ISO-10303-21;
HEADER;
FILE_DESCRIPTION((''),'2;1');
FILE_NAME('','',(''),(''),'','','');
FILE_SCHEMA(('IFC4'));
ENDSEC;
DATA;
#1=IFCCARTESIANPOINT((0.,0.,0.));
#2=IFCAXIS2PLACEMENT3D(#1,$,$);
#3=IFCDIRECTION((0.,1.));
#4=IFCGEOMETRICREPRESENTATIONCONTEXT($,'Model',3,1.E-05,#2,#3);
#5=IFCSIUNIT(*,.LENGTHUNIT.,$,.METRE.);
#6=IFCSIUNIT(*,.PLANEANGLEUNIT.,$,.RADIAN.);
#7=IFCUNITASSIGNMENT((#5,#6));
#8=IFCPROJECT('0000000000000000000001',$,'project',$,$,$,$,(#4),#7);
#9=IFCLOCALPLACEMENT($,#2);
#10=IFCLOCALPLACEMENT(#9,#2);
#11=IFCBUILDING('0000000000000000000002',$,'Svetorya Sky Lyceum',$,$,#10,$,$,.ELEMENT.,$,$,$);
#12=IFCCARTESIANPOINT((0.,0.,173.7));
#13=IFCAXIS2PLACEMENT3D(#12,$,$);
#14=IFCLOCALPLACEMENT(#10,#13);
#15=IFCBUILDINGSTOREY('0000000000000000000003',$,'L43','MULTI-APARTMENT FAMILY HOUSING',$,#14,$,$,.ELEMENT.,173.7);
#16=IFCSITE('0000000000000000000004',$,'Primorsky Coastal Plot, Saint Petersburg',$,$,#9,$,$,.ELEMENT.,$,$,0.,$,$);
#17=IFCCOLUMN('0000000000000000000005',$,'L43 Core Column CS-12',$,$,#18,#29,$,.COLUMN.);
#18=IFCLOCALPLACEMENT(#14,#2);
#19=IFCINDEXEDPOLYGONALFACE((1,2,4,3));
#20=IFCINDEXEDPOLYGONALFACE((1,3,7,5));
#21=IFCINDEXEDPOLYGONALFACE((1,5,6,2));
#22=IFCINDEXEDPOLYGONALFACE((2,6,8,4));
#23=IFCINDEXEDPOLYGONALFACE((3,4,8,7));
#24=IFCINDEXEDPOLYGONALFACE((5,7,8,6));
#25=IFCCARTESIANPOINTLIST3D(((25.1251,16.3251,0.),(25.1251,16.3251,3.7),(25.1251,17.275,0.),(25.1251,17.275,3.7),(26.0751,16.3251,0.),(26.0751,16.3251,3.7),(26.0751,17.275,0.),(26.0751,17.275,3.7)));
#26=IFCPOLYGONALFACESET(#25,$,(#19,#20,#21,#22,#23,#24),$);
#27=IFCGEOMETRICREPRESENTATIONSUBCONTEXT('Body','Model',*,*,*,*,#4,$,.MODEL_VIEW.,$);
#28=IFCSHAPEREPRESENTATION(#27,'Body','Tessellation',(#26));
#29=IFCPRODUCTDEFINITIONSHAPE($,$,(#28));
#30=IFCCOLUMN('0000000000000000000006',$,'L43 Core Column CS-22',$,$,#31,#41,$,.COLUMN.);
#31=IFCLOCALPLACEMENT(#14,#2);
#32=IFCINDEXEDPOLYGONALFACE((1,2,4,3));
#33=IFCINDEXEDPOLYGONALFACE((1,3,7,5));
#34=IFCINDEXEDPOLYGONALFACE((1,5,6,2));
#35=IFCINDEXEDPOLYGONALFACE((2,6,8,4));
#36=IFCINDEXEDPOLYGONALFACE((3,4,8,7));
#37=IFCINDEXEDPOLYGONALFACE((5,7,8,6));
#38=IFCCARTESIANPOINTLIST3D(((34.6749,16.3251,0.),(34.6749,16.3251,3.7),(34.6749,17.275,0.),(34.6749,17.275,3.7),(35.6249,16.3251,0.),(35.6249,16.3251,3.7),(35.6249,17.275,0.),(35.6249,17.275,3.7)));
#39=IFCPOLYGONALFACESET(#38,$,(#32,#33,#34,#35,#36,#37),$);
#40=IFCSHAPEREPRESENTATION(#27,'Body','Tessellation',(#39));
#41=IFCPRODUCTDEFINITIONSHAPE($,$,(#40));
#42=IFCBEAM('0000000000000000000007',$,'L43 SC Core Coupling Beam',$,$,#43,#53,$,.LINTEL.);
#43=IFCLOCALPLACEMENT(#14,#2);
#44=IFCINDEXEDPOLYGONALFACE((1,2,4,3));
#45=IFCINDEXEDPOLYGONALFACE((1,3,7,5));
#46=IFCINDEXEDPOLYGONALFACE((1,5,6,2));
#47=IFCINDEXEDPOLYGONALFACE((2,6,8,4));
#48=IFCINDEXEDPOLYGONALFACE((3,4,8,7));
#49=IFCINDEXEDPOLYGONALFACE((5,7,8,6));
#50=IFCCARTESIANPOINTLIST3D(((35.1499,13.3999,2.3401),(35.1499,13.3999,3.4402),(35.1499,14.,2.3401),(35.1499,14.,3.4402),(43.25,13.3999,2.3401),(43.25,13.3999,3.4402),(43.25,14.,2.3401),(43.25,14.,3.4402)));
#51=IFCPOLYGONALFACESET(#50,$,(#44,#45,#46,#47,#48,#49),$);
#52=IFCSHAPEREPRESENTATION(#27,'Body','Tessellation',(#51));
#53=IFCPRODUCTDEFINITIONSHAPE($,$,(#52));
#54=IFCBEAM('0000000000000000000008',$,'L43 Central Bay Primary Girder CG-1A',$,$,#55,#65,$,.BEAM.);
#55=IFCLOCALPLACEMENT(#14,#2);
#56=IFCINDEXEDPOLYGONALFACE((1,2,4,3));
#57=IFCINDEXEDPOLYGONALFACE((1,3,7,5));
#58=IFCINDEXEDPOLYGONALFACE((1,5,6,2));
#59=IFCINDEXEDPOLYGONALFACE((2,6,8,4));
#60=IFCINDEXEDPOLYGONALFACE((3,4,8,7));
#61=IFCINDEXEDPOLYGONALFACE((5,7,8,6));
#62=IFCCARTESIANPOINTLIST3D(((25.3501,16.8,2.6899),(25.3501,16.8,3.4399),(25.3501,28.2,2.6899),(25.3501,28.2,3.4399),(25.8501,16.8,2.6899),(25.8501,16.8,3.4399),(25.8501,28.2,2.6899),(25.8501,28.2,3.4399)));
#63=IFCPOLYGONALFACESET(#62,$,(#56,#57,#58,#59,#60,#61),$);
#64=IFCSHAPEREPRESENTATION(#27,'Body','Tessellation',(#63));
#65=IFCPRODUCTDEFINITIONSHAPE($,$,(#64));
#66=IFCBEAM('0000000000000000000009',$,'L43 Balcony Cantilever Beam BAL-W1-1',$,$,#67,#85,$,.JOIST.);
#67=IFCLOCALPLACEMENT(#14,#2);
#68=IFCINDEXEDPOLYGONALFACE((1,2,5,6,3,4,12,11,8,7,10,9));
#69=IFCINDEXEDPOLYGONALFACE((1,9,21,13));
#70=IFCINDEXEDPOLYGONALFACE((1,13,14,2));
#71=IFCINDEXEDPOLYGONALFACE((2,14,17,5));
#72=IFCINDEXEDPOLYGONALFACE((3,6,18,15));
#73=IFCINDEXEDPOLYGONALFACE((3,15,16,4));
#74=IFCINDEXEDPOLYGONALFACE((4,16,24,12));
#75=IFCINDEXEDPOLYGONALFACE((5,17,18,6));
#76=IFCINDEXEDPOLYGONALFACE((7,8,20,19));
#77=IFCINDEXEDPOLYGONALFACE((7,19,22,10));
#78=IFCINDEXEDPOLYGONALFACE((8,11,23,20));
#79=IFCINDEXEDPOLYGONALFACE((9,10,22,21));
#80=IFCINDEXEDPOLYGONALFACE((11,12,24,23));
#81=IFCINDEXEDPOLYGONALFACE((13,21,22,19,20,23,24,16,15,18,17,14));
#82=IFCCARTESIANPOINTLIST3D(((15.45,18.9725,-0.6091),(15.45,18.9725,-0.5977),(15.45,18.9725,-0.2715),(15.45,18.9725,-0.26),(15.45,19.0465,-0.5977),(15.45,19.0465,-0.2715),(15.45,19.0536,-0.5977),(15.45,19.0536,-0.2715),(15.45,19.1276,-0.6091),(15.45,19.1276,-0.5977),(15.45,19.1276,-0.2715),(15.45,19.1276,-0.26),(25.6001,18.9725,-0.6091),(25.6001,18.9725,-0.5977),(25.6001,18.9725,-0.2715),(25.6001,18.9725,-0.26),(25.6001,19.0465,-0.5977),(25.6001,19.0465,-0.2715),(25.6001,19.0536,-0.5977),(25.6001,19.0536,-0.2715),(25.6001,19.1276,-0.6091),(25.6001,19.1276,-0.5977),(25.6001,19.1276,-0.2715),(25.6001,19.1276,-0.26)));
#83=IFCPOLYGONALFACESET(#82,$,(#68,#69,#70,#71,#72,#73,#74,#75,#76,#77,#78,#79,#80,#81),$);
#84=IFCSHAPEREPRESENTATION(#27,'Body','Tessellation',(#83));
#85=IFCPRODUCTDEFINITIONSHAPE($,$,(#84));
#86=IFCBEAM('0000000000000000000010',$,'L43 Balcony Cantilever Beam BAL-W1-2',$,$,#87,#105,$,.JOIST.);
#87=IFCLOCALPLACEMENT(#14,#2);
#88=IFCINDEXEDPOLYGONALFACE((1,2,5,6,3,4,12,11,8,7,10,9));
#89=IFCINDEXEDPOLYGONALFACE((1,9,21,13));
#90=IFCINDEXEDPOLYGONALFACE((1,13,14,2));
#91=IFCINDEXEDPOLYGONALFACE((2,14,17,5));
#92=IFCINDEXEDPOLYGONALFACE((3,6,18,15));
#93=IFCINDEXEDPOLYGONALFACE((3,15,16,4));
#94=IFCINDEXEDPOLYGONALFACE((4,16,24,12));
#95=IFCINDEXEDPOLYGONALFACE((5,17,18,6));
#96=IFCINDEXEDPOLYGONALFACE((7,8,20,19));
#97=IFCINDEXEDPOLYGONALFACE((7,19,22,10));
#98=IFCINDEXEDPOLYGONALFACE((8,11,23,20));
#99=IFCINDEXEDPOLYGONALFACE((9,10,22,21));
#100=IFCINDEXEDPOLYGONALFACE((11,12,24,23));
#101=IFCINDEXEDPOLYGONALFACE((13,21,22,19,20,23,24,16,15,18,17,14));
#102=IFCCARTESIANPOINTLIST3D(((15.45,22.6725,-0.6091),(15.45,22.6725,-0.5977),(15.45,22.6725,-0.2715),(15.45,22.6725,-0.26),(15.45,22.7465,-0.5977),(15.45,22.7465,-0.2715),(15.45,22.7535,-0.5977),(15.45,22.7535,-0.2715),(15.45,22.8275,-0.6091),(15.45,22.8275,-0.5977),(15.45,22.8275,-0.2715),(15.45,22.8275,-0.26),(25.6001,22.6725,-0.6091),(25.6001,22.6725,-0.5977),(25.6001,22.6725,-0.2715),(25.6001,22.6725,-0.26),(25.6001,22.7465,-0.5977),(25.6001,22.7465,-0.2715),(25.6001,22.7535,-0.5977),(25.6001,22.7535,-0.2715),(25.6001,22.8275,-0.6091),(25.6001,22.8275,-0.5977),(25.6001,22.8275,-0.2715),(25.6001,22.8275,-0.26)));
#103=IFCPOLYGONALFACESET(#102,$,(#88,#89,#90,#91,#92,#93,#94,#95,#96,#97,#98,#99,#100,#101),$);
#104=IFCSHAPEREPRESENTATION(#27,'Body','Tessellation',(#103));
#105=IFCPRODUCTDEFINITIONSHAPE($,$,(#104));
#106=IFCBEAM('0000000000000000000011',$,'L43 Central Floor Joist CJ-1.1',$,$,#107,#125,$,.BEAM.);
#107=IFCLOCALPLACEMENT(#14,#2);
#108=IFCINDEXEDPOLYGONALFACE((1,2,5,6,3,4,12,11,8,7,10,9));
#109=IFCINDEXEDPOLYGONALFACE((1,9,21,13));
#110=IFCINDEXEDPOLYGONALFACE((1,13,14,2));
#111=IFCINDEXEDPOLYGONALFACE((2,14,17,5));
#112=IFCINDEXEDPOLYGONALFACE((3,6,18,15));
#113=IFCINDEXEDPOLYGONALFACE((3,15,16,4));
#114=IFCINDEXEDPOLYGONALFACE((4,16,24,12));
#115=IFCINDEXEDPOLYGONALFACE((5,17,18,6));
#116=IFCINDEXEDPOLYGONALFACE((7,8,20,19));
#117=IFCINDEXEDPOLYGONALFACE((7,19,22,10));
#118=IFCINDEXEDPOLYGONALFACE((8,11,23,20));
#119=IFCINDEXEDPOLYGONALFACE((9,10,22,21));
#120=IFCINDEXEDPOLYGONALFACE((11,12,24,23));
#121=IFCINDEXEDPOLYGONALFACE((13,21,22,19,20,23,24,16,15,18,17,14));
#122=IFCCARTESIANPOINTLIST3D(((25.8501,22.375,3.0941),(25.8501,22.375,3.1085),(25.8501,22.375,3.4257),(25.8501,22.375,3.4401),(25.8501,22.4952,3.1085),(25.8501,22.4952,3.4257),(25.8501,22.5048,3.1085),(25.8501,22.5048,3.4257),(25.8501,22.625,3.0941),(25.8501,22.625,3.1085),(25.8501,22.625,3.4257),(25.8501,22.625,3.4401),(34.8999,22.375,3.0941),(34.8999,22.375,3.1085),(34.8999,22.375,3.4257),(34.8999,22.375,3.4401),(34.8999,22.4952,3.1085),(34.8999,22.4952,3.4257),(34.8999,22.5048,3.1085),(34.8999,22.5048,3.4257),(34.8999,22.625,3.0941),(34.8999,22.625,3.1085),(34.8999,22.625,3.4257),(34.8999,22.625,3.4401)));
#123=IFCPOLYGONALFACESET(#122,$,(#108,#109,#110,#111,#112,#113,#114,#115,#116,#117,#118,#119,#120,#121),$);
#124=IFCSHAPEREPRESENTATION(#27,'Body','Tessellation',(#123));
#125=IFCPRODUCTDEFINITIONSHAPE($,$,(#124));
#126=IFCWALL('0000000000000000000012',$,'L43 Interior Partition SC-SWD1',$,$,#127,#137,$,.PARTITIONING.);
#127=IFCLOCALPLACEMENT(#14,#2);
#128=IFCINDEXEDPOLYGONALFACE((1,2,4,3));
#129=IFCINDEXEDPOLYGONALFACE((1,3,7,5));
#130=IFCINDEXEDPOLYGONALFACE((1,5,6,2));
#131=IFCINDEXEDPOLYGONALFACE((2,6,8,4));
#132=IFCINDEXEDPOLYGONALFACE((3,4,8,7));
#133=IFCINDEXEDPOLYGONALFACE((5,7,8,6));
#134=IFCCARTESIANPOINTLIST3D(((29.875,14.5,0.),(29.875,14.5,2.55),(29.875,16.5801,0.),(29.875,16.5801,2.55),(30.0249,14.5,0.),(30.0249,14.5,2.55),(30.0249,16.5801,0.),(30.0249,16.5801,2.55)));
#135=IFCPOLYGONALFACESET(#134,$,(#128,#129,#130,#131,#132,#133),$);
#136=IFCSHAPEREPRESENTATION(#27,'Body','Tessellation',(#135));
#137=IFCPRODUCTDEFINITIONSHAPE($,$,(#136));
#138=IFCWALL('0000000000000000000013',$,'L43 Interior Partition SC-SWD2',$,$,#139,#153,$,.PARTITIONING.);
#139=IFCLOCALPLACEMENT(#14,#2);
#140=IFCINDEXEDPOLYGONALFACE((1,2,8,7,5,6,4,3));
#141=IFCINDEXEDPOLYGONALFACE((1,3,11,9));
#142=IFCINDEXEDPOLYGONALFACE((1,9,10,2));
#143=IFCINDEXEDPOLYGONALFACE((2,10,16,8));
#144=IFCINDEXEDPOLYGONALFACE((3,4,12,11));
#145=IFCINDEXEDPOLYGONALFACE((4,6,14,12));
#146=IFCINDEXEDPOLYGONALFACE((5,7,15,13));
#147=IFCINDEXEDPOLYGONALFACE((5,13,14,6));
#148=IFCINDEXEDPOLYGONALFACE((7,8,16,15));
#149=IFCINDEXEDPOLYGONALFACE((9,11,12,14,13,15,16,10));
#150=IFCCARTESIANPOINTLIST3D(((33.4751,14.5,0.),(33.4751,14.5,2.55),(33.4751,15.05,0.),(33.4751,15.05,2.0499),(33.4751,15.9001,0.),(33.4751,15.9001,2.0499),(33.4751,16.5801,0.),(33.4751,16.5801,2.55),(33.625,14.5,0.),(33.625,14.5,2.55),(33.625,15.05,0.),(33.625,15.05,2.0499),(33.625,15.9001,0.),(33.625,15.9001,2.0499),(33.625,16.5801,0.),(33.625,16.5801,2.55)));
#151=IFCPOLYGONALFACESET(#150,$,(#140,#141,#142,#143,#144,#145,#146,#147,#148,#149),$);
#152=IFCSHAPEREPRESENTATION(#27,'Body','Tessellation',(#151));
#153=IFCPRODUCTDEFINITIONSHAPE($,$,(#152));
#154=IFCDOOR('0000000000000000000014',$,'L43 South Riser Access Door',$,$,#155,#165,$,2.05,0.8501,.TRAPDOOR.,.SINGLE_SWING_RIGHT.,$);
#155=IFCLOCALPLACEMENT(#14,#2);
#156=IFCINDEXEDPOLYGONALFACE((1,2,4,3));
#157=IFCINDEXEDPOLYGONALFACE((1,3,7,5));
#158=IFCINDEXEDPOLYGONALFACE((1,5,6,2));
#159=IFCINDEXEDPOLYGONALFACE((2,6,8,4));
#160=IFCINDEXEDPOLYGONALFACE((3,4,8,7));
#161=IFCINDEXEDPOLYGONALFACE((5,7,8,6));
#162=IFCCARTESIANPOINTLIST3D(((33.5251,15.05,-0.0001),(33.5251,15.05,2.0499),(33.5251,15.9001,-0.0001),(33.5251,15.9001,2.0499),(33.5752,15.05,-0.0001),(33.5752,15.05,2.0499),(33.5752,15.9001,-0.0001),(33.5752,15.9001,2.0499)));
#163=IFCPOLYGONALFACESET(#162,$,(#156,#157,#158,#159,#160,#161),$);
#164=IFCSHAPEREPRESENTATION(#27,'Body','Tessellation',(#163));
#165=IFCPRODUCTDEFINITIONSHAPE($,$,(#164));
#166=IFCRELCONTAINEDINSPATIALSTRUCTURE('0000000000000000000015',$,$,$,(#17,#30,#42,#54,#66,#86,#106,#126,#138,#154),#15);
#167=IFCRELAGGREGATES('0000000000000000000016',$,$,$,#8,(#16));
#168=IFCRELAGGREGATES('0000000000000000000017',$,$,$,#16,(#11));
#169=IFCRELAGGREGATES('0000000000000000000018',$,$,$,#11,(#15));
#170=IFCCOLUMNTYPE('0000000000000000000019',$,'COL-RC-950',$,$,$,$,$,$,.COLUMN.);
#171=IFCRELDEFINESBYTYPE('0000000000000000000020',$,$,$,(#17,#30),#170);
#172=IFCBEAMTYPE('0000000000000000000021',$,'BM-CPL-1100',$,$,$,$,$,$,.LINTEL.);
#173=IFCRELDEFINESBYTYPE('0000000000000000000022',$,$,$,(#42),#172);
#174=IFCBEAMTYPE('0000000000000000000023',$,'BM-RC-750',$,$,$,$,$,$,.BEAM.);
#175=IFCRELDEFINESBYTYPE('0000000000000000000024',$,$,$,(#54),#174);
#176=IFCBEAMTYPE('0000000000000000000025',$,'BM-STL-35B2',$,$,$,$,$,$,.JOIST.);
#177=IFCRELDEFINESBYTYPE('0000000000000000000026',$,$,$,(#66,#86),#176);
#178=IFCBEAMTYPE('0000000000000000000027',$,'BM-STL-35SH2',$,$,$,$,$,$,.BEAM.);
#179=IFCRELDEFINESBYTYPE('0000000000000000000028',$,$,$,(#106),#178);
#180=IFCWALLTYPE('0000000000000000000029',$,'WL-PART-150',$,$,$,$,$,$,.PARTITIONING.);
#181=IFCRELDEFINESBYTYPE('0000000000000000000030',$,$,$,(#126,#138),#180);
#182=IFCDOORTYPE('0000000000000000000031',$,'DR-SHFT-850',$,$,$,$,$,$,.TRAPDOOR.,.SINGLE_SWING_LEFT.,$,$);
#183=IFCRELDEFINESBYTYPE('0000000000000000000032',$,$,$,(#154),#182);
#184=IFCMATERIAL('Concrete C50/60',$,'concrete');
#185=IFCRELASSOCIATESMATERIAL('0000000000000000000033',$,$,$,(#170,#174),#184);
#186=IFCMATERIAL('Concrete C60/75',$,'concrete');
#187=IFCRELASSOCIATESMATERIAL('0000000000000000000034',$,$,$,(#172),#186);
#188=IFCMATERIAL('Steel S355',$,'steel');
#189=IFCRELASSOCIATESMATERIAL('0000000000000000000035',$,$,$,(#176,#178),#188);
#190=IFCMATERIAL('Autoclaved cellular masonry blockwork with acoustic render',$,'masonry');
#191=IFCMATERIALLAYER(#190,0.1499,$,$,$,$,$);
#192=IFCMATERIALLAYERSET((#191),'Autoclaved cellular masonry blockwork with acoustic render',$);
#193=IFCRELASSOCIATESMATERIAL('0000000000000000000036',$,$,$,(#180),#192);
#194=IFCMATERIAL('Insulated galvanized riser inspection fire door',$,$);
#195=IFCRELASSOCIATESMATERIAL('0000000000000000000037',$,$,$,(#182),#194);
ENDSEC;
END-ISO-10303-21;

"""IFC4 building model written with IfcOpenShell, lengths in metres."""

from ifc_helpers import new_model, si_unit, direction, frame, frame_2d, origin, origin_2d, place, context, subcontext, project, spatial, rectangle, i_section, extrude, material, layer, layer_set, material_profile, profile_set, type_object, element, fill, save


model = new_model("IFC4")

# Units and contexts
model_context = context("Model", 3, precision=1e-05, world=origin(), true_north=direction((0.0, 1.0)))
body_context = subcontext(model_context, "Body", "Model", "MODEL_VIEW")
ifc_project = project(units=[si_unit("LENGTHUNIT", "METRE"), si_unit("PLANEANGLEUNIT", "RADIAN")], contexts=[model_context])

# Site, building, storey
site_placement = place(None, origin())
site = spatial("IfcSite", under=ifc_project, at=site_placement, Name="Primorsky Coastal Plot, Saint Petersburg", CompositionType="ELEMENT", RefElevation=0.0)
building_placement = place(site_placement, origin())
building = spatial("IfcBuilding", under=site, at=building_placement, Name="Svetorya Sky Lyceum", CompositionType="ELEMENT")
storey_placement = place(building_placement, frame((0.0, 0.0, 173.7)))
storey = spatial("IfcBuildingStorey", under=building, at=storey_placement, Name="L43", Description="MULTI-APARTMENT FAMILY HOUSING", CompositionType="ELEMENT", Elevation=173.7)

# Columns
ifc_material_1 = material(Name="Concrete C50/60", Category="concrete")
ifc_material_profile_1 = material_profile(ifc_material_1, rectangle(XDim=0.95, YDim=0.95, at=origin_2d()), Name="RC COL 950x950")
ifc_profile_set_1 = profile_set([ifc_material_profile_1], Name="Concrete C50/60")
column_type = type_object("IfcColumnType", Name="COL-RC-950", PredefinedType="COLUMN", material=ifc_profile_set_1)
for number, where, z_axis, x_axis, name in (
    (1, (25.6001, 16.8, 0.0), (0.0, 0.0, 1.0), (1.0, 0.0, 0.0), "L43 Core Column CS-12"),
    (2, (35.1499, 16.8, 0.0), (0.0, 0.0, 1.0), (1.0, 0.0, 0.0), "L43 Core Column CS-22"),
):
    element("IfcColumn", number, at=place(storey_placement, frame(where, z_axis=z_axis, x_axis=x_axis)), inside=storey, type_object=column_type, Name=name, PredefinedType="COLUMN", context=body_context, shape_type="SweptSolid", body=[
        extrude(rectangle(XDim=0.95, YDim=0.95, at=origin_2d()), origin(), (0.0, 0.0, 1.0), 3.7),
    ])

# Beams
ifc_material_2 = material(Name="Concrete C60/75", Category="concrete")
ifc_material_profile_2 = material_profile(ifc_material_2, rectangle(XDim=0.6001, YDim=1.1001, at=origin_2d()), Name="RC COUPLING 600x1100")
ifc_profile_set_2 = profile_set([ifc_material_profile_2], Name="Concrete C60/75")
beam_type_1 = type_object("IfcBeamType", Name="BM-CPL-1100", PredefinedType="LINTEL", material=ifc_profile_set_2)
beam_1_placement = place(storey_placement, frame((35.1499, 13.7, 2.8901), z_axis=(1.0, 0.0, 0.0), x_axis=(0.0, 1.0, 0.0)))
element("IfcBeam", 3, at=beam_1_placement, inside=storey, type_object=beam_type_1, Name="L43 SC Core Coupling Beam", PredefinedType="LINTEL", context=body_context, shape_type="SweptSolid", body=[
    extrude(rectangle(XDim=0.6001, YDim=1.1001, at=origin_2d()), origin(), (0.0, 0.0, 1.0), 8.1001),
])
ifc_material_profile_3 = material_profile(ifc_material_1, rectangle(XDim=0.5, YDim=0.75, at=origin_2d()), Name="RC BEAM 500x750")
ifc_profile_set_3 = profile_set([ifc_material_profile_3], Name="Concrete C50/60")
beam_type_2 = type_object("IfcBeamType", Name="BM-RC-750", PredefinedType="BEAM", material=ifc_profile_set_3)
beam_2_placement = place(storey_placement, frame((25.6001, 16.8, 3.0649), z_axis=(0.0, 1.0, 0.0), x_axis=(-1.0, 0.0, 0.0)))
element("IfcBeam", 4, at=beam_2_placement, inside=storey, type_object=beam_type_2, Name="L43 Central Bay Primary Girder CG-1A", PredefinedType="BEAM", context=body_context, shape_type="SweptSolid", body=[
    extrude(rectangle(XDim=0.5, YDim=0.75, at=origin_2d()), origin(), (0.0, 0.0, 1.0), 11.3999),
])
ifc_material_3 = material(Name="Steel S355", Category="steel")
ifc_material_profile_4 = material_profile(ifc_material_3, i_section(OverallWidth=0.155, OverallDepth=0.3491, WebThickness=0.0071, FlangeThickness=0.0115, at=origin_2d()), Name="GOST 35B2")
ifc_profile_set_4 = profile_set([ifc_material_profile_4], Name="Steel S355")
beam_type_3 = type_object("IfcBeamType", Name="BM-STL-35B2", PredefinedType="JOIST", material=ifc_profile_set_4)
for number, where, z_axis, x_axis, name in (
    (5, (25.6001, 19.05, -0.4346), (-1.0, 0.0, 0.0), (0.0, -1.0, 0.0), "L43 Balcony Cantilever Beam BAL-W1-1"),
    (6, (25.6001, 22.75, -0.4346), (-1.0, 0.0, 0.0), (0.0, -1.0, 0.0), "L43 Balcony Cantilever Beam BAL-W1-2"),
):
    element("IfcBeam", number, at=place(storey_placement, frame(where, z_axis=z_axis, x_axis=x_axis)), inside=storey, type_object=beam_type_3, Name=name, PredefinedType="JOIST", context=body_context, shape_type="SweptSolid", body=[
        extrude(i_section(OverallWidth=0.155, OverallDepth=0.3491, WebThickness=0.0071, FlangeThickness=0.0115, at=origin_2d()), origin(), (0.0, 0.0, 1.0), 10.1501),
    ])
ifc_material_profile_5 = material_profile(ifc_material_3, i_section(OverallWidth=0.25, OverallDepth=0.3459, WebThickness=0.0095, FlangeThickness=0.0144, at=origin_2d()), Name="GOST 35Sh2")
ifc_profile_set_5 = profile_set([ifc_material_profile_5], Name="Steel S355")
beam_type_4 = type_object("IfcBeamType", Name="BM-STL-35SH2", PredefinedType="BEAM", material=ifc_profile_set_5)
beam_3_placement = place(storey_placement, frame((25.8501, 22.5, 3.2671), z_axis=(1.0, 0.0, 0.0), x_axis=(0.0, 1.0, 0.0)))
element("IfcBeam", 7, at=beam_3_placement, inside=storey, type_object=beam_type_4, Name="L43 Central Floor Joist CJ-1.1", PredefinedType="BEAM", context=body_context, shape_type="SweptSolid", body=[
    extrude(i_section(OverallWidth=0.25, OverallDepth=0.3459, WebThickness=0.0095, FlangeThickness=0.0144, at=origin_2d()), origin(), (0.0, 0.0, 1.0), 9.0498),
])

# Wall
ifc_material_4 = material(Name="Autoclaved cellular masonry blockwork with acoustic render", Category="masonry")
ifc_layer_1 = layer(ifc_material_4, 0.1499)
ifc_layer_set_1 = layer_set([ifc_layer_1], Name="Autoclaved cellular masonry blockwork with acoustic render")
wall_type_1 = type_object("IfcWallType", Name="WL-PART-150", PredefinedType="PARTITIONING", material=ifc_layer_set_1)
wall_1_placement = place(storey_placement, frame((29.95, 14.5, 0.0), z_axis=(0.0, 0.0, 1.0), x_axis=(0.0, 1.0, 0.0)))
element("IfcWall", 8, at=wall_1_placement, inside=storey, type_object=wall_type_1, Name="L43 Interior Partition SC-SWD1", PredefinedType="PARTITIONING", context=body_context, shape_type="SweptSolid", body=[
    extrude(rectangle(XDim=2.0801, YDim=0.1499, at=frame_2d((1.04, 0.0))), origin(), (0.0, 0.0, 1.0), 2.55),
])

# Wall, opening, door
wall_2_placement = place(storey_placement, frame((33.55, 14.5, 0.0), z_axis=(0.0, 0.0, 1.0), x_axis=(0.0, 1.0, 0.0)))
wall_2 = element("IfcWall", 9, at=wall_2_placement, inside=storey, type_object=wall_type_1, Name="L43 Interior Partition SC-SWD2", PredefinedType="PARTITIONING", context=body_context, shape_type="SweptSolid", body=[
    extrude(rectangle(XDim=2.0801, YDim=0.1499, at=frame_2d((1.04, 0.0))), origin(), (0.0, 0.0, 1.0), 2.55),
])
opening_1_placement = place(wall_2_placement, frame((0.55, 0.0, 0.0)))
opening_1 = element("IfcOpeningElement", 10, at=opening_1_placement, cuts=wall_2, PredefinedType="OPENING", context=body_context, shape_type="SweptSolid", body=[
    extrude(rectangle(XDim=0.8501, YDim=2.05, at=frame_2d((0.425, 1.0249))), frame((0.0, 0.085, 0.0), z_axis=(0.0, -1.0, 0.0), x_axis=(1.0, 0.0, 0.0)), (0.0, 0.0, 1.0), 0.1699),
])
ifc_material_5 = material(Name="Insulated galvanized riser inspection fire door")
door_type_1 = type_object("IfcDoorType", Name="DR-SHFT-850", OperationType="SINGLE_SWING_LEFT", PredefinedType="TRAPDOOR", material=ifc_material_5)
door_1_placement = place(opening_1_placement, origin())
door_1 = element("IfcDoor", 11, at=door_1_placement, inside=storey, type_object=door_type_1, Name="L43 South Riser Access Door", OperationType="SINGLE_SWING_RIGHT", OverallHeight=2.05, OverallWidth=0.8501, PredefinedType="TRAPDOOR", context=body_context, shape_type="SweptSolid", body=[
    extrude(rectangle(XDim=0.8501, YDim=2.05, at=frame_2d((0.425, 1.0249))), frame((0.0, 0.0249, 0.0), z_axis=(0.0, -1.0, 0.0), x_axis=(1.0, 0.0, 0.0)), (0.0, 0.0, 1.0), 0.05),
])
fill(opening_1, door_1)

save(model, "model.ifc")
